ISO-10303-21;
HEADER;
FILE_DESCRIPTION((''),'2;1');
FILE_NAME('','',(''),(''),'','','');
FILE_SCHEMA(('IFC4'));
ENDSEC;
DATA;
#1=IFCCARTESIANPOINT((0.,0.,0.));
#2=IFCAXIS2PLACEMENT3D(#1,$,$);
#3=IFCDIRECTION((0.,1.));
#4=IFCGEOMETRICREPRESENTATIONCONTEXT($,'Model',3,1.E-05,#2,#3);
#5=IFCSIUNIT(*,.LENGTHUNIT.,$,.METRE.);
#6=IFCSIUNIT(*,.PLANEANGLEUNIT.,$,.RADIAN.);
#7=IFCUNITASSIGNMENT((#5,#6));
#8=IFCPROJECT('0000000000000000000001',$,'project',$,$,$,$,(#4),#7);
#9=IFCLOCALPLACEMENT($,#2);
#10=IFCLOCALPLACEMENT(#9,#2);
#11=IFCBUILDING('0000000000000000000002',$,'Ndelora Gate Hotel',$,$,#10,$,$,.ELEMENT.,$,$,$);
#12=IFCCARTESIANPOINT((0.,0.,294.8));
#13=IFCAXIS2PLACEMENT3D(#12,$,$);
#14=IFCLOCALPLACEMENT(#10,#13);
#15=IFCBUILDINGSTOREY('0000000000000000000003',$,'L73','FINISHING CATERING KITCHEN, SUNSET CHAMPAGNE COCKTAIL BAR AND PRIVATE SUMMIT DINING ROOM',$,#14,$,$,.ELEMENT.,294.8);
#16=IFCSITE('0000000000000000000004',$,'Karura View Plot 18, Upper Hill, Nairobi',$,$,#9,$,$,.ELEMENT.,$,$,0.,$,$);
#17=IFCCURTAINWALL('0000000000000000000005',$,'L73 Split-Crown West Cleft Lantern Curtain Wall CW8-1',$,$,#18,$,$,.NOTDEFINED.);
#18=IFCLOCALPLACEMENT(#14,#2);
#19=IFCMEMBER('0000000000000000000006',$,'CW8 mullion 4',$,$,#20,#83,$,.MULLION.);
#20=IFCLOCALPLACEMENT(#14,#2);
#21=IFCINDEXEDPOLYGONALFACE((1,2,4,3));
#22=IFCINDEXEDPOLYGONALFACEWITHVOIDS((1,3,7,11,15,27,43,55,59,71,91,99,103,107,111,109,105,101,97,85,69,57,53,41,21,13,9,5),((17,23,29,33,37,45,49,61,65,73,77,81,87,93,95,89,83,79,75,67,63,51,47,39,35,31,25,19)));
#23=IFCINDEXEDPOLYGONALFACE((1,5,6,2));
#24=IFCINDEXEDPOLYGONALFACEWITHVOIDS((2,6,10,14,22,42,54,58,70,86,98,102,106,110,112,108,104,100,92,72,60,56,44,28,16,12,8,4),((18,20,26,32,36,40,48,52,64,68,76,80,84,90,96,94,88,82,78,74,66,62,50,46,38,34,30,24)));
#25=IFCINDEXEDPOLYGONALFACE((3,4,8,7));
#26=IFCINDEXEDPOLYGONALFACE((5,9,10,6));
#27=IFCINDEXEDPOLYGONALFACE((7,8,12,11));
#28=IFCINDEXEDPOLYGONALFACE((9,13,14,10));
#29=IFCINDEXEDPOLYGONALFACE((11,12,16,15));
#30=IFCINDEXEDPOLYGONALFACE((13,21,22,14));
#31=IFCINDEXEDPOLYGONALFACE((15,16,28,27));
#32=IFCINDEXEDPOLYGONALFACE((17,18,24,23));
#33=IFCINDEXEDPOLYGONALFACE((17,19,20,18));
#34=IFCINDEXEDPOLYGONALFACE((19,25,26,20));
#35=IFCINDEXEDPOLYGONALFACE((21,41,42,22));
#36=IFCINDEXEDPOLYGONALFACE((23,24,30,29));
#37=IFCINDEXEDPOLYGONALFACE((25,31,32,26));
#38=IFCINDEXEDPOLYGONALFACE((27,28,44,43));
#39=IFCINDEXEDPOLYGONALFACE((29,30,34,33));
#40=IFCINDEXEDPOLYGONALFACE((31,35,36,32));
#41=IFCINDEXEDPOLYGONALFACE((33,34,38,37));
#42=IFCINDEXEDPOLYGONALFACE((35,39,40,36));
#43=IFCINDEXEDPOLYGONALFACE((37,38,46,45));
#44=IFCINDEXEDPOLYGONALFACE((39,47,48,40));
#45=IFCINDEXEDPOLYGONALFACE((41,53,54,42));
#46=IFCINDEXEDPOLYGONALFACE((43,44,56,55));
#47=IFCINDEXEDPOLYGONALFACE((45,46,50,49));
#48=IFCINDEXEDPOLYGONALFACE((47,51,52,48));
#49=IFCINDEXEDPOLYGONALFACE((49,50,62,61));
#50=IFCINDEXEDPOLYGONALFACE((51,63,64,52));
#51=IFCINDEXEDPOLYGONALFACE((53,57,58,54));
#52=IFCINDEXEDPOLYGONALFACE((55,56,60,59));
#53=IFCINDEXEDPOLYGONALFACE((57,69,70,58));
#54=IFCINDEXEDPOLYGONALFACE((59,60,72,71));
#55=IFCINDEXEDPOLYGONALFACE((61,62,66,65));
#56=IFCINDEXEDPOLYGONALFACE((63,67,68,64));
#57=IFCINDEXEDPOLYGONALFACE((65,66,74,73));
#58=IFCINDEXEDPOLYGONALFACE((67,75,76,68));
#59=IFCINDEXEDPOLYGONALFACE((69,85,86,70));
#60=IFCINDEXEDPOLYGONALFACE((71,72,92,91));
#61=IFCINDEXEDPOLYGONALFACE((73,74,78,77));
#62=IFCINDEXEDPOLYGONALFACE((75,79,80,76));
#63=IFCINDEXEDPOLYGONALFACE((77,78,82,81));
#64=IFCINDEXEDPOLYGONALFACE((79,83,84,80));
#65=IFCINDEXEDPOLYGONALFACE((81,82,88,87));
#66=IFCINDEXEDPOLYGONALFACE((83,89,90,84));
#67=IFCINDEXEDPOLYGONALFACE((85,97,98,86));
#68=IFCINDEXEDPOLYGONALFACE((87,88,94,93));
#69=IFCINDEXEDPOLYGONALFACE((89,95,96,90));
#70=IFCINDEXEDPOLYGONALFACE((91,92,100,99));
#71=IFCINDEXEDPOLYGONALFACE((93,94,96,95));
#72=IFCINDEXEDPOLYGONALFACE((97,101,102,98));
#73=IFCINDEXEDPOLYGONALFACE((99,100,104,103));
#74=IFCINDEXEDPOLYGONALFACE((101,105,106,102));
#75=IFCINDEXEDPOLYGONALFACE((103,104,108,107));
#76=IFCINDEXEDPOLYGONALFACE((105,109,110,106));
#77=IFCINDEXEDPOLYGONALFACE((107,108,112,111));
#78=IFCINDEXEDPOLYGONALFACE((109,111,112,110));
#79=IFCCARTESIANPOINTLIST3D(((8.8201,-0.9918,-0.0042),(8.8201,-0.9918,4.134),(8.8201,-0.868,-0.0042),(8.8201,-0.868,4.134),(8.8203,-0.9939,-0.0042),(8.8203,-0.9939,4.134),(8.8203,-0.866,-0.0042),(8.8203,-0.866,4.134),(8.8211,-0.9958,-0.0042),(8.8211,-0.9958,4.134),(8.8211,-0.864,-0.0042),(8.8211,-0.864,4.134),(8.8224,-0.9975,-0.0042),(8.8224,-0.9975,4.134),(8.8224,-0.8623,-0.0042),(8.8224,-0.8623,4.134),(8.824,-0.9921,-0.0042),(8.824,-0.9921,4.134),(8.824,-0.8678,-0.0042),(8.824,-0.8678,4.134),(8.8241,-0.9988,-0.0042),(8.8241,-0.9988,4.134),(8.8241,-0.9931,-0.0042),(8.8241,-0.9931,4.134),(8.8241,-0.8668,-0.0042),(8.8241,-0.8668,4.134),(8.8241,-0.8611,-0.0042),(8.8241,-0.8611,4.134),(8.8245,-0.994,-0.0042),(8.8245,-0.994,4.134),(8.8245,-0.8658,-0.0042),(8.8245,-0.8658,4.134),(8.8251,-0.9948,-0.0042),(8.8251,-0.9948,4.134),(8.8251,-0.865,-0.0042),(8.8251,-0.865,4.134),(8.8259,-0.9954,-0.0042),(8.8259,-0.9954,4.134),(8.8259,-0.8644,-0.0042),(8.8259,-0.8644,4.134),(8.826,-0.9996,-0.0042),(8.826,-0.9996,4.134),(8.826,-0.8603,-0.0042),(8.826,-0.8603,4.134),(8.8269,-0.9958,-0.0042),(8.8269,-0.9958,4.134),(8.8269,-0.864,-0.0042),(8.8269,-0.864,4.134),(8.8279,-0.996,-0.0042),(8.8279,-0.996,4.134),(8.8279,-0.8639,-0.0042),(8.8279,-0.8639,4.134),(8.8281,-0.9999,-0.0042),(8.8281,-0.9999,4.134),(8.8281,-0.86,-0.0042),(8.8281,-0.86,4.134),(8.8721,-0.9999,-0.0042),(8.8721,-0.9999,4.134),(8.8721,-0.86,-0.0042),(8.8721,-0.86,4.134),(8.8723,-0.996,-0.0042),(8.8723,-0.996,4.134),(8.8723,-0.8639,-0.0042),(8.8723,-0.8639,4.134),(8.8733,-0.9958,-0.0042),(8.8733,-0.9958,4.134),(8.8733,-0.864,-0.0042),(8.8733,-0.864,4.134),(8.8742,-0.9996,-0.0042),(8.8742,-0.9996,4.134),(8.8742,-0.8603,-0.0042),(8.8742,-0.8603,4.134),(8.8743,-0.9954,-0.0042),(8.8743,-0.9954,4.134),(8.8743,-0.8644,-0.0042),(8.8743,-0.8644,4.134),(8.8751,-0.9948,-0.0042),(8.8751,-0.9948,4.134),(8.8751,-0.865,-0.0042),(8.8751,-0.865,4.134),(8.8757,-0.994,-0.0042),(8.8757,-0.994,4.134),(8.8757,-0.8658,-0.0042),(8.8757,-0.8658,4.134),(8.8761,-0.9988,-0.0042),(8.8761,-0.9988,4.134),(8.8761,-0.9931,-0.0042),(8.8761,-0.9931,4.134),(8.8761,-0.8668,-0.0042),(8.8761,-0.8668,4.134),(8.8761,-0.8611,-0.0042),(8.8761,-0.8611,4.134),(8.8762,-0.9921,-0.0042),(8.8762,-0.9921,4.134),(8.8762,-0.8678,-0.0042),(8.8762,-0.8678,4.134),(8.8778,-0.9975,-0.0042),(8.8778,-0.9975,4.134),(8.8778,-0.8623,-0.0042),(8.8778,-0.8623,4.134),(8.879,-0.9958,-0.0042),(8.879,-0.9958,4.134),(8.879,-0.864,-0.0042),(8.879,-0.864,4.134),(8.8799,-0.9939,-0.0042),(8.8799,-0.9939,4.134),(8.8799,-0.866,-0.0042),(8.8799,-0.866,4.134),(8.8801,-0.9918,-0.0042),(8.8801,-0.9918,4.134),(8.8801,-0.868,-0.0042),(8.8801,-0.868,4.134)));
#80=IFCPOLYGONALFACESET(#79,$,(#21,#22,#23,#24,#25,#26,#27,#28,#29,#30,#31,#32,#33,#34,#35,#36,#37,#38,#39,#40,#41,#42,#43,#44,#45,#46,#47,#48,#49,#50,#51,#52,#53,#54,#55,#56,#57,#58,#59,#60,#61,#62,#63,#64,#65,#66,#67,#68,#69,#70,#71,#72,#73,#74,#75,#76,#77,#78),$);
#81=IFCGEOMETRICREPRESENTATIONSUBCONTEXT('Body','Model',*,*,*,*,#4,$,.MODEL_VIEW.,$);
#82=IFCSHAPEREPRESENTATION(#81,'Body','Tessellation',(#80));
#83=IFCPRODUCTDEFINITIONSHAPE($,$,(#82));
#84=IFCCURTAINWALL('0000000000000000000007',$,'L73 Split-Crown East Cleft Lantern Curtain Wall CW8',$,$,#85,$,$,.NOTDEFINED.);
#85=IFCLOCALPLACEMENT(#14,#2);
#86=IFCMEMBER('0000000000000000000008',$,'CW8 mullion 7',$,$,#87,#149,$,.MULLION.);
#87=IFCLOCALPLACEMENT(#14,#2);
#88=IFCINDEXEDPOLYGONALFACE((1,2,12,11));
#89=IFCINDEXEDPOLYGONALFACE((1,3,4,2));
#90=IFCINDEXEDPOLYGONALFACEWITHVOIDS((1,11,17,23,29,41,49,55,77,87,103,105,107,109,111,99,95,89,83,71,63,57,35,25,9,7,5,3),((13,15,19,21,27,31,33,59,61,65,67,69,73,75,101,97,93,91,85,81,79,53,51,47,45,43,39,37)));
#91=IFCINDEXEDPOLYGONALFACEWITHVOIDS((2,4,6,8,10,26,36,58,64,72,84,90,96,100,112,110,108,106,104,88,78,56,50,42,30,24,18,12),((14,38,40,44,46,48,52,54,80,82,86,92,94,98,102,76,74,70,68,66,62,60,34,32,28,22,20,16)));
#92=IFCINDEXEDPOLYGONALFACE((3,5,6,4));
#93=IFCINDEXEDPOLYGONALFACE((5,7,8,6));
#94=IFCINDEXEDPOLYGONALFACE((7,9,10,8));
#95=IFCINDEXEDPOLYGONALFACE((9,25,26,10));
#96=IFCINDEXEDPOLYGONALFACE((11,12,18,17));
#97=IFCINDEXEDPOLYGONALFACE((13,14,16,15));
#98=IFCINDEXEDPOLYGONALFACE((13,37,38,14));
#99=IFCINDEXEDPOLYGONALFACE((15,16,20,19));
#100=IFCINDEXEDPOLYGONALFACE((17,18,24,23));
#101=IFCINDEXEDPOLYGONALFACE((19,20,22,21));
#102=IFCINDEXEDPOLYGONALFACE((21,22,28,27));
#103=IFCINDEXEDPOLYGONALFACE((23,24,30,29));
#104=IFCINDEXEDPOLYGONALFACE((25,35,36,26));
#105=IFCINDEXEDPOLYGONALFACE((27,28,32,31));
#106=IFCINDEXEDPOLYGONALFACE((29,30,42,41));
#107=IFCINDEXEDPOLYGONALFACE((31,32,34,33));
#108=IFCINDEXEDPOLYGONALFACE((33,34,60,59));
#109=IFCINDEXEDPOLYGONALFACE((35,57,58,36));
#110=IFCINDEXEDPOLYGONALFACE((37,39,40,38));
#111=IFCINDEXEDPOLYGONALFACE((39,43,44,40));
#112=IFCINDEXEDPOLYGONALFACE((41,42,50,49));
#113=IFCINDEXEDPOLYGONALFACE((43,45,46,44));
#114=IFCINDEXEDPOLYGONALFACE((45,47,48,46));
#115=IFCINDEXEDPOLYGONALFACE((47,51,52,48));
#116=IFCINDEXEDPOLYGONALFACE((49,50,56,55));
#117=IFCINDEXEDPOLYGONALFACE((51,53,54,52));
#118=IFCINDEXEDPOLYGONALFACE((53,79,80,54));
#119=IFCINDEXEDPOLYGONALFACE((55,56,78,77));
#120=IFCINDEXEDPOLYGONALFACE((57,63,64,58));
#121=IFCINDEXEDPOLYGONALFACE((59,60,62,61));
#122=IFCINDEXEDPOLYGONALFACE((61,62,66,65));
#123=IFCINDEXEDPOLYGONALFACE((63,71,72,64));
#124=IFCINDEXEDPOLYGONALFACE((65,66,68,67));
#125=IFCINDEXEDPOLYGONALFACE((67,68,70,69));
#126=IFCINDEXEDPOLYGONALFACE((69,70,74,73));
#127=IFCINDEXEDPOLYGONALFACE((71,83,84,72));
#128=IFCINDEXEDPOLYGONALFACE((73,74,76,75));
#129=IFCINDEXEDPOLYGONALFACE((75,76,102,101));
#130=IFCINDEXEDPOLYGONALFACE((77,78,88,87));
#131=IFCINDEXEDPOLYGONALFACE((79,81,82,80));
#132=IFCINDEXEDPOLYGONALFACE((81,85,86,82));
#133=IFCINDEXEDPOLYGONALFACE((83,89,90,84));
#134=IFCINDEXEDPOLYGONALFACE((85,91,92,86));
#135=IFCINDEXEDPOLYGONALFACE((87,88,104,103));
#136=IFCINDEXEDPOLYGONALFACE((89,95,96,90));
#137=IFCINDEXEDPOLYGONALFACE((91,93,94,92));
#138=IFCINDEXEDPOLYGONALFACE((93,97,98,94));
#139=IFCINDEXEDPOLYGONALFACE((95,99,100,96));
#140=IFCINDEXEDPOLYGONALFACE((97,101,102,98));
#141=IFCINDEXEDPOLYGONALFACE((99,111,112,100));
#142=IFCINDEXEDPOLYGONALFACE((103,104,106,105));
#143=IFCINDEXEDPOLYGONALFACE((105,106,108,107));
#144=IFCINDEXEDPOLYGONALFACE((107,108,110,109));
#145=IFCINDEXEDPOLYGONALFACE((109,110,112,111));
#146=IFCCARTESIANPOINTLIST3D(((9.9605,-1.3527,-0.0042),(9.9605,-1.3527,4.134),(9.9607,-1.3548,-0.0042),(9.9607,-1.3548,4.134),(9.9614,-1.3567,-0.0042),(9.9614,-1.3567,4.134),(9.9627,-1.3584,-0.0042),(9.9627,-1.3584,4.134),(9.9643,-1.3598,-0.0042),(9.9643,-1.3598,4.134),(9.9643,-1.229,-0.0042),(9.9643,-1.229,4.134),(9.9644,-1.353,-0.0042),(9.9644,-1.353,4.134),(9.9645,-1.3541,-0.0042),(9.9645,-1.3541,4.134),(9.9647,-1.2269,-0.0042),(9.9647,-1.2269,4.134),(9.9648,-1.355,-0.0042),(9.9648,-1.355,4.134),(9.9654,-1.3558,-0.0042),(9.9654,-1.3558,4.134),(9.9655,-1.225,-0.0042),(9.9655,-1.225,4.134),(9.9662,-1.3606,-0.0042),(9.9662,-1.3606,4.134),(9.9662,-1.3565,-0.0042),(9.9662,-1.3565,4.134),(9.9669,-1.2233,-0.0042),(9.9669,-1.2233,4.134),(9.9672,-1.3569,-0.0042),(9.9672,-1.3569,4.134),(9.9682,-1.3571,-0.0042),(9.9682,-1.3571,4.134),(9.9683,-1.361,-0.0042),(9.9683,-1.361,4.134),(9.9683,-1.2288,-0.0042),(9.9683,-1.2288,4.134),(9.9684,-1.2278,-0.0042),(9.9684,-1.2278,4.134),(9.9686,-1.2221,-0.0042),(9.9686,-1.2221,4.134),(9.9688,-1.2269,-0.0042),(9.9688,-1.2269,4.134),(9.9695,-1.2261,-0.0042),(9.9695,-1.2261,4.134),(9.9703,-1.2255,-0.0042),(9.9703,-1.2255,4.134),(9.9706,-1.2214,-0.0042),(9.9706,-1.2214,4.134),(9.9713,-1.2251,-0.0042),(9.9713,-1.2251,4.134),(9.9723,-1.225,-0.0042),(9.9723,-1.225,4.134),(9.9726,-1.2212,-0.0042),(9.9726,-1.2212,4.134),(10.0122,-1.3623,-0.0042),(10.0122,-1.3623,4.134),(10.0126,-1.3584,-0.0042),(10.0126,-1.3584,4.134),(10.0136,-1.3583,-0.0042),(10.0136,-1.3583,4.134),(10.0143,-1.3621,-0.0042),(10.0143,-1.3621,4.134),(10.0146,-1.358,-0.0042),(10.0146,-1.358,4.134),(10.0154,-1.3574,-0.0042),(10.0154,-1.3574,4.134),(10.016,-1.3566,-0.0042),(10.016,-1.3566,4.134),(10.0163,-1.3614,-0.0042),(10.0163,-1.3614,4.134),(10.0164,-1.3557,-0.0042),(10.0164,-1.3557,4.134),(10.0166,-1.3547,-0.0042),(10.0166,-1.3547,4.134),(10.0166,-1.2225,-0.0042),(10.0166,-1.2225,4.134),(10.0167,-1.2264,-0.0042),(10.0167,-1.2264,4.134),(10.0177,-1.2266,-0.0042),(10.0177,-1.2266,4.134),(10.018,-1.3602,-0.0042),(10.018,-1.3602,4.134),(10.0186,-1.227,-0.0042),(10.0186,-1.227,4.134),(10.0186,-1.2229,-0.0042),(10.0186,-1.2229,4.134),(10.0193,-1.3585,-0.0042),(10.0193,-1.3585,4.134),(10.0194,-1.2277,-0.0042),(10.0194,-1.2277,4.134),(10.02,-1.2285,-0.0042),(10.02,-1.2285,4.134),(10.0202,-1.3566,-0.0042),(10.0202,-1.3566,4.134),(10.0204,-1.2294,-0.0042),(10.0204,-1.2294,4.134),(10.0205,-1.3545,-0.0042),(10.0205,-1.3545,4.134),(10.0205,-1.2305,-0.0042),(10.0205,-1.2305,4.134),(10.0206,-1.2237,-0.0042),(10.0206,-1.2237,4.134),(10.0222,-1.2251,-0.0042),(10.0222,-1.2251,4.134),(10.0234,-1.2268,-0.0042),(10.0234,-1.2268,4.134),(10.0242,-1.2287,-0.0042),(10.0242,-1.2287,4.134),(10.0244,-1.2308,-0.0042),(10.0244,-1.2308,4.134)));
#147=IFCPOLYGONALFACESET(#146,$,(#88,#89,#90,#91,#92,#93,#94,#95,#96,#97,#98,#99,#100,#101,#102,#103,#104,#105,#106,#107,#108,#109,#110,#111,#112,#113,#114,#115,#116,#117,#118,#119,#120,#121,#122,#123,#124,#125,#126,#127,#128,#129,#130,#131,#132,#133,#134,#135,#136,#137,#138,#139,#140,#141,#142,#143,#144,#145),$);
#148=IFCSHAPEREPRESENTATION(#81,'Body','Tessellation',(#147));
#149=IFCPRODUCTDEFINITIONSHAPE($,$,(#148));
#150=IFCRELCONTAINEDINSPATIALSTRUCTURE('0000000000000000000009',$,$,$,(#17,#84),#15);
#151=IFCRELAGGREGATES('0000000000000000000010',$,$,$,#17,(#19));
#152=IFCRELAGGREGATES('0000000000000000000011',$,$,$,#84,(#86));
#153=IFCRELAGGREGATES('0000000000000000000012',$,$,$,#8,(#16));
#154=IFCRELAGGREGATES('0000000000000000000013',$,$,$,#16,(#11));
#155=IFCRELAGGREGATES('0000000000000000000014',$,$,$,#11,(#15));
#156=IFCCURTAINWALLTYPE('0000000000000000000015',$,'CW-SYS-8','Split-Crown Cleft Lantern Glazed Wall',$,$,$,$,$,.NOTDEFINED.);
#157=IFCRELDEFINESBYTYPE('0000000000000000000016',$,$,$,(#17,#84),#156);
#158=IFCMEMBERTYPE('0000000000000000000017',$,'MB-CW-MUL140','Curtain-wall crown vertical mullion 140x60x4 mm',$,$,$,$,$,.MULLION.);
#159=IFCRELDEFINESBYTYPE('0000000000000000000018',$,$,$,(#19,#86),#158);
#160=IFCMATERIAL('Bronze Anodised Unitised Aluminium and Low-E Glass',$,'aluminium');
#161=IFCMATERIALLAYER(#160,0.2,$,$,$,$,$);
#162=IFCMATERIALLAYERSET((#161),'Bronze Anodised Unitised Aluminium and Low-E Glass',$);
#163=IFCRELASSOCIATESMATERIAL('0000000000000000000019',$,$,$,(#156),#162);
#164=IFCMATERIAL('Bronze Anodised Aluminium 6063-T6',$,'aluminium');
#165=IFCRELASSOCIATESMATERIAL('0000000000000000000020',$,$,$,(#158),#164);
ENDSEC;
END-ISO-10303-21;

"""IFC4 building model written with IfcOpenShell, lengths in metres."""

from ifc_helpers import new_model, si_unit, direction, frame, origin, origin_2d, place, context, subcontext, project, spatial, hollow_rectangle, extrude, material, layer, layer_set, material_profile, profile_set, type_object, element, aggregate, save


model = new_model("IFC4")

# Units and contexts
model_context = context("Model", 3, precision=1e-05, world=origin(), true_north=direction((0.0, 1.0)))
body_context = subcontext(model_context, "Body", "Model", "MODEL_VIEW")
ifc_project = project(units=[si_unit("LENGTHUNIT", "METRE"), si_unit("PLANEANGLEUNIT", "RADIAN")], contexts=[model_context])

# Site, building, storey
site_placement = place(None, origin())
site = spatial("IfcSite", under=ifc_project, at=site_placement, Name="Karura View Plot 18, Upper Hill, Nairobi", CompositionType="ELEMENT", RefElevation=0.0)
building_placement = place(site_placement, origin())
building = spatial("IfcBuilding", under=site, at=building_placement, Name="Ndelora Gate Hotel", CompositionType="ELEMENT")
storey_placement = place(building_placement, frame((0.0, 0.0, 294.8)))
storey = spatial("IfcBuildingStorey", under=building, at=storey_placement, Name="L73", Description="FINISHING CATERING KITCHEN, SUNSET CHAMPAGNE COCKTAIL BAR AND PRIVATE SUMMIT DINING ROOM", CompositionType="ELEMENT", Elevation=294.8)

# Curtain wall, member
ifc_material_1 = material(Name="Bronze Anodised Unitised Aluminium and Low-E Glass", Category="aluminium")
ifc_layer_1 = layer(ifc_material_1, 0.2)
ifc_layer_set_1 = layer_set([ifc_layer_1], Name="Bronze Anodised Unitised Aluminium and Low-E Glass")
curtain_wall_type = type_object("IfcCurtainWallType", Name="CW-SYS-8", Description="Split-Crown Cleft Lantern Glazed Wall", PredefinedType="NOTDEFINED", material=ifc_layer_set_1)
curtain_wall_1_placement = place(storey_placement, origin())
curtain_wall_1 = element("IfcCurtainWall", 1, at=curtain_wall_1_placement, inside=storey, type_object=curtain_wall_type, Name="L73 Split-Crown West Cleft Lantern Curtain Wall CW8-1", PredefinedType="NOTDEFINED")
ifc_material_2 = material(Name="Bronze Anodised Aluminium 6063-T6", Category="aluminium")
ifc_material_profile_1 = material_profile(ifc_material_2, hollow_rectangle(XDim=0.0601, YDim=0.1399, WallThickness=0.0039, InnerFilletRadius=0.0039, OuterFilletRadius=0.0081, at=origin_2d()), Name="ALU 140x60x4")
ifc_profile_set_1 = profile_set([ifc_material_profile_1], Name="Bronze Anodised Aluminium 6063-T6")
member_type_1 = type_object("IfcMemberType", Name="MB-CW-MUL140", Description="Curtain-wall crown vertical mullion 140x60x4 mm", PredefinedType="MULLION", material=ifc_profile_set_1)
member_1_placement = place(storey_placement, frame((8.8501, -0.9299, -0.0042), z_axis=(0.0, 0.0, 1.0), x_axis=(-1.0, 0.0, 0.0)))
member_1 = element("IfcMember", 2, at=member_1_placement, type_object=member_type_1, Name="CW8 mullion 4", PredefinedType="MULLION", context=body_context, shape_type="SweptSolid", body=[
    extrude(hollow_rectangle(XDim=0.0601, YDim=0.1399, WallThickness=0.0039, InnerFilletRadius=0.0039, OuterFilletRadius=0.0081, at=origin_2d()), origin(), (0.0, 0.0, 1.0), 4.1382),
])

# Curtain wall, member
curtain_wall_2_placement = place(storey_placement, origin())
curtain_wall_2 = element("IfcCurtainWall", 3, at=curtain_wall_2_placement, inside=storey, type_object=curtain_wall_type, Name="L73 Split-Crown East Cleft Lantern Curtain Wall CW8", PredefinedType="NOTDEFINED")
member_2_placement = place(storey_placement, frame((9.9924, -1.2917, -0.0042), z_axis=(0.0, 0.0, 1.0), x_axis=(0.999515, -0.031131, 0.0)))
member_2 = element("IfcMember", 4, at=member_2_placement, type_object=member_type_1, Name="CW8 mullion 7", PredefinedType="MULLION", context=body_context, shape_type="SweptSolid", body=[
    extrude(hollow_rectangle(XDim=0.0601, YDim=0.1399, WallThickness=0.0039, InnerFilletRadius=0.0039, OuterFilletRadius=0.0081, at=origin_2d()), origin(), (0.0, 0.0, 1.0), 4.1382),
])

aggregate(curtain_wall_1, [member_1])
aggregate(curtain_wall_2, [member_2])

save(model, "model.ifc")
